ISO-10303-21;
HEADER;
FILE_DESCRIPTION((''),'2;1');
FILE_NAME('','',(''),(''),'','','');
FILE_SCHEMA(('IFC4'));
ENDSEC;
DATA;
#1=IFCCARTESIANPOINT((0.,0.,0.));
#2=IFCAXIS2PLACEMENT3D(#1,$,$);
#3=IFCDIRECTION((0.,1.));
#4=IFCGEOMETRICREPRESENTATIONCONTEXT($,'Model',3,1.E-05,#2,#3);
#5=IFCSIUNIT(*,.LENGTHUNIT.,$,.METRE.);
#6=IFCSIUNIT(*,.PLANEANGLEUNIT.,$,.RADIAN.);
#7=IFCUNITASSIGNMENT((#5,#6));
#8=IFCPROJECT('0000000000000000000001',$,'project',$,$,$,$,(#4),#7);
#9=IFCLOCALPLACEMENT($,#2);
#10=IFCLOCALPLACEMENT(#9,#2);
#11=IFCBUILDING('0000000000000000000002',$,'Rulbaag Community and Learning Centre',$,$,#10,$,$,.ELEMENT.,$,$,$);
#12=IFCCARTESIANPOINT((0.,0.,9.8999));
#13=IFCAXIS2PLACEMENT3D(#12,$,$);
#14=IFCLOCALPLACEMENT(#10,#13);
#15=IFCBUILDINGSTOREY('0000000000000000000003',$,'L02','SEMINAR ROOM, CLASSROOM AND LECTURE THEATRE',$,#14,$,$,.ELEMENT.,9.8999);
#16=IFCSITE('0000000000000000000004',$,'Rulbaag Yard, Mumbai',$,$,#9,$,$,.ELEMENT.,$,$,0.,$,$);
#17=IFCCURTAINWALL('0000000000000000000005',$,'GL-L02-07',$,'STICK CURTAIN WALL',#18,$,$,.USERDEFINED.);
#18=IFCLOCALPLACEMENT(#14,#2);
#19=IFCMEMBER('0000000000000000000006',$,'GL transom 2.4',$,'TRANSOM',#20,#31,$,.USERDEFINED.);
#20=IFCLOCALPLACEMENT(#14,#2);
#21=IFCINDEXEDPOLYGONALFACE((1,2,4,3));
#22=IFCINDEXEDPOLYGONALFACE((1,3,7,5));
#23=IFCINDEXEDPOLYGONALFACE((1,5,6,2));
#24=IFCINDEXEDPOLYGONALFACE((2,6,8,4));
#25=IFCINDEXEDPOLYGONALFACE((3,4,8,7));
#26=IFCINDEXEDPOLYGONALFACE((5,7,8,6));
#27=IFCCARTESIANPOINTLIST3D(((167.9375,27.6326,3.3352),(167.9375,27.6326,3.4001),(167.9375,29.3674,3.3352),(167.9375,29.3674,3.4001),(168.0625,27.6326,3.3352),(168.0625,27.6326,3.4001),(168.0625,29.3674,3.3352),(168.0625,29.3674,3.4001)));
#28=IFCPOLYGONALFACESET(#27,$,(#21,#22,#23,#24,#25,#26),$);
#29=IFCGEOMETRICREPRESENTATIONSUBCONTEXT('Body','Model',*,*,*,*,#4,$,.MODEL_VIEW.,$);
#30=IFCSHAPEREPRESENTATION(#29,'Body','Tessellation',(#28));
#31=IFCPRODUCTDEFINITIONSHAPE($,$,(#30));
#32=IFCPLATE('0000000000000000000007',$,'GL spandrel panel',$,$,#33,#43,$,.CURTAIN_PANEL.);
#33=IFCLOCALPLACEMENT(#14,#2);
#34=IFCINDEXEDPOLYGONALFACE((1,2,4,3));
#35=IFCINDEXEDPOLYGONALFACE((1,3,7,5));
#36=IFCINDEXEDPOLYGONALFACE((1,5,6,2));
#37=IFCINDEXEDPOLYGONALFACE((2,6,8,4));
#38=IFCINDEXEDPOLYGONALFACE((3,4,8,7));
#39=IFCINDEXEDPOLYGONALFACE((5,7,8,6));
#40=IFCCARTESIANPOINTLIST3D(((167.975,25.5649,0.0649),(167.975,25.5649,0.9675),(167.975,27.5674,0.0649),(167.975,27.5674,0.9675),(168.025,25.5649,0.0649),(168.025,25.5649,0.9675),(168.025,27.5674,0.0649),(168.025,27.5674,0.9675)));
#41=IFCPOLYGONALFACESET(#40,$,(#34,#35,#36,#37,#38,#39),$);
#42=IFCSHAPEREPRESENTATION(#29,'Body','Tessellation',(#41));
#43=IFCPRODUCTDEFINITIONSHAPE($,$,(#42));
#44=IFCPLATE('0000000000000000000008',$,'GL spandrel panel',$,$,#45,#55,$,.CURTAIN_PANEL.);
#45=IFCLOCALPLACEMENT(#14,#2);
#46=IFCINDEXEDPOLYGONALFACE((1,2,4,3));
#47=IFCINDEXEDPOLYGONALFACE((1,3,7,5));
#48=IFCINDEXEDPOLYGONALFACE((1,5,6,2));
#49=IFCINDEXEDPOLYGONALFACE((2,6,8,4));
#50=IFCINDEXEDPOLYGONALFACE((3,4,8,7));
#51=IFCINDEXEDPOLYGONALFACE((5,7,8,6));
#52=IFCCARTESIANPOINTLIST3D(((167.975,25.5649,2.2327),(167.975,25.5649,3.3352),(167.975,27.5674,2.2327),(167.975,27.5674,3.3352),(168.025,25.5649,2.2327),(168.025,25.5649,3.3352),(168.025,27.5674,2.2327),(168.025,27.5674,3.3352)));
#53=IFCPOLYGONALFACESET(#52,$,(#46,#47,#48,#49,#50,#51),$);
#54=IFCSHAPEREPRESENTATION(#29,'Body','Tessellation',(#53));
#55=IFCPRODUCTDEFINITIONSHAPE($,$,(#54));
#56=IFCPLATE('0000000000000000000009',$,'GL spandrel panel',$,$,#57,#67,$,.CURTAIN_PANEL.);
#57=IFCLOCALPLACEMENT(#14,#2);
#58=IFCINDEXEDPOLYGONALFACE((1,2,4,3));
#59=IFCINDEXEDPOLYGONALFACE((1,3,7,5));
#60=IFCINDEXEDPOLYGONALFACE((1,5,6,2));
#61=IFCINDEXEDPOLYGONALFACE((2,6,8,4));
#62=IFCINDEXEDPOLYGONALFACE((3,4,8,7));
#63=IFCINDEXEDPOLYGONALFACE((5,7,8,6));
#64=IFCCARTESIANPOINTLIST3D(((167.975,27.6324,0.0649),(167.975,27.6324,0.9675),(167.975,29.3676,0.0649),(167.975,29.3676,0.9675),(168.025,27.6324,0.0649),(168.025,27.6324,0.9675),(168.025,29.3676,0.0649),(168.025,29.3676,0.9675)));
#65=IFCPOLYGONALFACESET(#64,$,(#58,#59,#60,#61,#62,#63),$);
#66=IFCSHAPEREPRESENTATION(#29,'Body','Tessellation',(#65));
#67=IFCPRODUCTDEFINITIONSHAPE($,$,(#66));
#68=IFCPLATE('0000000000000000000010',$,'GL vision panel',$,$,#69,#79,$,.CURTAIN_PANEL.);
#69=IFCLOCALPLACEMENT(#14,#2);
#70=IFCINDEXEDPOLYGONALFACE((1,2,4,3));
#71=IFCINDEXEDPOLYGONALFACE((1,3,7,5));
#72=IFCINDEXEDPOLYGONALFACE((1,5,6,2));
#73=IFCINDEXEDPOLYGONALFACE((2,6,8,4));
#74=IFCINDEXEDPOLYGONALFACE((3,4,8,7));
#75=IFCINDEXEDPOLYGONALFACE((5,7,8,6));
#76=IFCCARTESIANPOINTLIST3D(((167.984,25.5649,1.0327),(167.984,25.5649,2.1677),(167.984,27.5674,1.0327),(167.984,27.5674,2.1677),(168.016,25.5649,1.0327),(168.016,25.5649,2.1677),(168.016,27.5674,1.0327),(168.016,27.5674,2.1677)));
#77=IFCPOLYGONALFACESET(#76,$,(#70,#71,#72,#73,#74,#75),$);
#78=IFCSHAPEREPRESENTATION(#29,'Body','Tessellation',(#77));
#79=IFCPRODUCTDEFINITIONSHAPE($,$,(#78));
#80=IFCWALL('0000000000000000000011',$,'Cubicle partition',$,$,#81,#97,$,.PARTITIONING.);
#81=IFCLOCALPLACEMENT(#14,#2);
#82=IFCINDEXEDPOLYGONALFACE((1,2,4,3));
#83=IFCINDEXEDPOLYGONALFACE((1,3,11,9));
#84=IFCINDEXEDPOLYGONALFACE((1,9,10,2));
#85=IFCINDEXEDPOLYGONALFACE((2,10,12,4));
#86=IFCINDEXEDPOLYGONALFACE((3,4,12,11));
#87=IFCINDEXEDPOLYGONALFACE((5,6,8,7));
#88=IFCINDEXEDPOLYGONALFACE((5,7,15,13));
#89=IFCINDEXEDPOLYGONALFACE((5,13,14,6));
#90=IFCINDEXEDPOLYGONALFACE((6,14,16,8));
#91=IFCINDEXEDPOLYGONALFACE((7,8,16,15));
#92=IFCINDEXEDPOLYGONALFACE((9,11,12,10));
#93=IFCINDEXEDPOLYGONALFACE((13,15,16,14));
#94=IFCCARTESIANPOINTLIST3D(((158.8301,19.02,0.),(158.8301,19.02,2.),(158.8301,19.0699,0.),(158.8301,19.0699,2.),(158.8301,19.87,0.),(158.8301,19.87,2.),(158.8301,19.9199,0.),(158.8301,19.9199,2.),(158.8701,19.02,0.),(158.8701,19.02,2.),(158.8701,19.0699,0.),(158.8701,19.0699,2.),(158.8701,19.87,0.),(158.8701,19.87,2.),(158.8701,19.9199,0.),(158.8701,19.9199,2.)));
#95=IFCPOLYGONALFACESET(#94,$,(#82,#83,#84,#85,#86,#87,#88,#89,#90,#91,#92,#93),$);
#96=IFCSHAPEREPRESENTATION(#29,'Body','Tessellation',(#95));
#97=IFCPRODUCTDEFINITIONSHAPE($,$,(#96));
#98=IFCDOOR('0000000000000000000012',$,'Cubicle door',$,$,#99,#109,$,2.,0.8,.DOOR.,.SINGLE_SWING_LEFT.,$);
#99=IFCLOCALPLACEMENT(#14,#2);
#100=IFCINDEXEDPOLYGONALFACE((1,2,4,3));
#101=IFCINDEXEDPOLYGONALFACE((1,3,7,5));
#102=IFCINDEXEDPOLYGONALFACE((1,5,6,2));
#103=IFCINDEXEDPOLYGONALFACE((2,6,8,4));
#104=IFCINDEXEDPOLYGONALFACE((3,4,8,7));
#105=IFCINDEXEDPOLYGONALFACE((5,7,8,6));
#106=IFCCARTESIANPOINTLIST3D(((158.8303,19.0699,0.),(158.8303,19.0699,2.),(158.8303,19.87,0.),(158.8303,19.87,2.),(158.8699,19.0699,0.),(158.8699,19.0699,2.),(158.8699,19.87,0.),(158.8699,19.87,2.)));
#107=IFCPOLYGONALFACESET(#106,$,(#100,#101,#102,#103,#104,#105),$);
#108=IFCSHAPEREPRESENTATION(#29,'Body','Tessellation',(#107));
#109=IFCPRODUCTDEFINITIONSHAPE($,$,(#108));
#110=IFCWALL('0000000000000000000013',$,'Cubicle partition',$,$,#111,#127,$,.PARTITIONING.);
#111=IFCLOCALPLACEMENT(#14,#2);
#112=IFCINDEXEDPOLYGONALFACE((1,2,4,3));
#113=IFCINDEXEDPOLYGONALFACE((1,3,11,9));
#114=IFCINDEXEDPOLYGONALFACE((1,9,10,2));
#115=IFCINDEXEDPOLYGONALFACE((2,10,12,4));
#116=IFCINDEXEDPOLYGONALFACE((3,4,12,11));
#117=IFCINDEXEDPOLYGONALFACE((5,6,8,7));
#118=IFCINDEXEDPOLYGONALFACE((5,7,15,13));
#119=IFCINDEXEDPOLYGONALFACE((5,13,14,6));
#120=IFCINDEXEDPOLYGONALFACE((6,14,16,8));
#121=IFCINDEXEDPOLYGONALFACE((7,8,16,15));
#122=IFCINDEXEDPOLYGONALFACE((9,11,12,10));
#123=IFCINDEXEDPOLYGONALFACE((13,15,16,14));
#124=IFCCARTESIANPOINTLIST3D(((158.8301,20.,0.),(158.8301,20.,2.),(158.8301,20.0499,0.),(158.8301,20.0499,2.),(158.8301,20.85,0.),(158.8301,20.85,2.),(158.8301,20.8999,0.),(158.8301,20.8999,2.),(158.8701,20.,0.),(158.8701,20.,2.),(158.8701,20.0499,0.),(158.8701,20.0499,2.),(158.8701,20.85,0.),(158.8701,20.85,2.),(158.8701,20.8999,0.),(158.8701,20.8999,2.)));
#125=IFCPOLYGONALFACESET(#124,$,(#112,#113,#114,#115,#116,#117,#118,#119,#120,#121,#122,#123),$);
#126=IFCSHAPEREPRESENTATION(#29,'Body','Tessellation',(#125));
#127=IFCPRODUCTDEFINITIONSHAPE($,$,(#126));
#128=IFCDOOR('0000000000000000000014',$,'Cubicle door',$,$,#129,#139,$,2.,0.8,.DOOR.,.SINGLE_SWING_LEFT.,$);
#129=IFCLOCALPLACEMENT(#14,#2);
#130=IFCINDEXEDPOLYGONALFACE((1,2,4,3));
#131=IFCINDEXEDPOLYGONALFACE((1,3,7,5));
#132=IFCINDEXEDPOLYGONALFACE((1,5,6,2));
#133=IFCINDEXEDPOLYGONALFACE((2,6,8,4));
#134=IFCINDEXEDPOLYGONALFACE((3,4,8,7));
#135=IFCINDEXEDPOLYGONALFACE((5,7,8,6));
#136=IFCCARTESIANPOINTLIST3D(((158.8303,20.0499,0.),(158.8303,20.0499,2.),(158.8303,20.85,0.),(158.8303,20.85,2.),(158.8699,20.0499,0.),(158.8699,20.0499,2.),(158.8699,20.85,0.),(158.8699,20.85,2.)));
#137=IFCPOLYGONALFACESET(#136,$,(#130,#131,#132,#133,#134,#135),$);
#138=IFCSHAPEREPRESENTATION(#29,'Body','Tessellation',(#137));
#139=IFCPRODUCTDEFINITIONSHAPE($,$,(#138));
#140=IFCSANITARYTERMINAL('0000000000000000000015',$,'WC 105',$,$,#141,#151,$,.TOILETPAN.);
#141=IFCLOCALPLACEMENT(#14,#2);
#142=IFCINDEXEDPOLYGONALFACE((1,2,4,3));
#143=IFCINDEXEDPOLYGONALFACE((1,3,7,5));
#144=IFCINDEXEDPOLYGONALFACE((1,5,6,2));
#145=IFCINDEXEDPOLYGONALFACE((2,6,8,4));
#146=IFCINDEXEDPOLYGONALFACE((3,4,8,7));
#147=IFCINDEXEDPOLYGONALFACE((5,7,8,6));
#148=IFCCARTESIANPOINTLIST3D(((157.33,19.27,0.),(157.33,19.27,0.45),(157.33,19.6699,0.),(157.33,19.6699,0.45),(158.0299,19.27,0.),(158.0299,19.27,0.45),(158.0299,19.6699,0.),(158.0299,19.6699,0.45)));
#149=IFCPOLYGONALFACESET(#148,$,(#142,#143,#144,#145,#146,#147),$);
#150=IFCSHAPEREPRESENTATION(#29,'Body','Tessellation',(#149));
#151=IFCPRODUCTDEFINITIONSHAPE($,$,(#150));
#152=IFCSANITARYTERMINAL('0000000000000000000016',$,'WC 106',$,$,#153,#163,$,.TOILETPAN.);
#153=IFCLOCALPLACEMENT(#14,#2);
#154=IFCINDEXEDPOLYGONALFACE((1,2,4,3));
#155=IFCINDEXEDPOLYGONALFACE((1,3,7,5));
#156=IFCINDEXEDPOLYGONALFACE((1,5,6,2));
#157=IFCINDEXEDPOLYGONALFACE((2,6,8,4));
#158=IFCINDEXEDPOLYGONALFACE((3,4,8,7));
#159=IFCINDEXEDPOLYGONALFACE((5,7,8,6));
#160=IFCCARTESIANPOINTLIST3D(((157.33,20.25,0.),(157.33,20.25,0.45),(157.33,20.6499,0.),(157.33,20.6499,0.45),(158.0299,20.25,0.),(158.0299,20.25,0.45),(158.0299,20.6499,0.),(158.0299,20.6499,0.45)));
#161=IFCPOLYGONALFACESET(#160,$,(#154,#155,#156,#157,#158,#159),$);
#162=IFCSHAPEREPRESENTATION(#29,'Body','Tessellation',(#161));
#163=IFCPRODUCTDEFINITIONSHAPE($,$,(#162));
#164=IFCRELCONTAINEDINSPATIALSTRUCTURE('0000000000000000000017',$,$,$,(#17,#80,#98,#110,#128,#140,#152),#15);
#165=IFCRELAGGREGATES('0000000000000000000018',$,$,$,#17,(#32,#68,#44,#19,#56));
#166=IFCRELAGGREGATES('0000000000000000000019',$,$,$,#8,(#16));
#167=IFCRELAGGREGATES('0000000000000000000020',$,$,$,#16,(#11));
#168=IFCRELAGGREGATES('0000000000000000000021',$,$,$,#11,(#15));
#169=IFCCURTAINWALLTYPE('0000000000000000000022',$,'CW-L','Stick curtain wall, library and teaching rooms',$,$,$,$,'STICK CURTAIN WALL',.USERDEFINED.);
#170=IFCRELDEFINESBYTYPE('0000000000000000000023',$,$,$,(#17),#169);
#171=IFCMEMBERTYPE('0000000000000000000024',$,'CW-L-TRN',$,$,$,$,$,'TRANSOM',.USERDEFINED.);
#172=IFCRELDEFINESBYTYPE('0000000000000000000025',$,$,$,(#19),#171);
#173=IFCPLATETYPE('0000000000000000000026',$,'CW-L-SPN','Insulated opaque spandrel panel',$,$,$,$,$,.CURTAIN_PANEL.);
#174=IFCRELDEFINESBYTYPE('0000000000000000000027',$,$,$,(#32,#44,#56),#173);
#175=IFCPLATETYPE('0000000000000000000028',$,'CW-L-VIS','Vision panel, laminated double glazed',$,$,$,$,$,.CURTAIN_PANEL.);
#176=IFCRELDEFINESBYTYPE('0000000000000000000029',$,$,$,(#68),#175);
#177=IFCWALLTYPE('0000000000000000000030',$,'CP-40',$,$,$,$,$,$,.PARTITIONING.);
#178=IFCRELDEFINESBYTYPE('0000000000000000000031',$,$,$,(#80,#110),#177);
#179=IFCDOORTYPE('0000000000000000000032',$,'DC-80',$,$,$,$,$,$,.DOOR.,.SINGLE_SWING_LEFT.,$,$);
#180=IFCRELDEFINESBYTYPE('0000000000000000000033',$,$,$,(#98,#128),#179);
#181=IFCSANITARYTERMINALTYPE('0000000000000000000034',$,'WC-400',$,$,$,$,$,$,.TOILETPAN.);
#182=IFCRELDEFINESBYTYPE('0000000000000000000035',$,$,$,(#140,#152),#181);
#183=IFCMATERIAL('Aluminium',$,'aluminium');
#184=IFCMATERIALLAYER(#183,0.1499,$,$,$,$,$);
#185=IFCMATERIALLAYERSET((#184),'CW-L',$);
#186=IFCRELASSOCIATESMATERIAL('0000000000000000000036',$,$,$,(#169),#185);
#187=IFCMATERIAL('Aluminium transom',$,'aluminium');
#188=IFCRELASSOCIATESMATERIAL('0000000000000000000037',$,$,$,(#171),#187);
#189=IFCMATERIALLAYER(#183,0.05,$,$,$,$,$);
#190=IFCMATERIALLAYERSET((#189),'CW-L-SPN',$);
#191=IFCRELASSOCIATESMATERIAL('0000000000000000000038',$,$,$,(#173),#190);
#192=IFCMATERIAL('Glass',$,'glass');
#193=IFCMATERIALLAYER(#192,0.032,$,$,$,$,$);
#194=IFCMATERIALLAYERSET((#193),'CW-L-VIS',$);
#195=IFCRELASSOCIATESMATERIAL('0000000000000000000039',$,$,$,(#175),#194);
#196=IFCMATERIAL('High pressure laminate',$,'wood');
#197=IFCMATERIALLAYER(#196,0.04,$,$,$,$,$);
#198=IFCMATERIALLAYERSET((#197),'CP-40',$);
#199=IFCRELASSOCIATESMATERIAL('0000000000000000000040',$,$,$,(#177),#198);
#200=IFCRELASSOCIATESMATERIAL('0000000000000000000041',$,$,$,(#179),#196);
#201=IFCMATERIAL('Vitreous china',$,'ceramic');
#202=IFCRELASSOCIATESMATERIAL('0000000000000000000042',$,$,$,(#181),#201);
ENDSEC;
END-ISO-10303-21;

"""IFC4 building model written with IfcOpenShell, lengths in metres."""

from ifc_helpers import new_model, si_unit, direction, frame, frame_2d, origin, origin_2d, place, context, subcontext, project, spatial, rectangle, extrude, material, layer, layer_set, material_profile, profile_set, type_object, element, fill, aggregate, save


model = new_model("IFC4")

# Units and contexts
model_context = context("Model", 3, precision=1e-05, world=origin(), true_north=direction((0.0, 1.0)))
body_context = subcontext(model_context, "Body", "Model", "MODEL_VIEW")
ifc_project = project(units=[si_unit("LENGTHUNIT", "METRE"), si_unit("PLANEANGLEUNIT", "RADIAN")], contexts=[model_context])

# Site, building, storey
site_placement = place(None, origin())
site = spatial("IfcSite", under=ifc_project, at=site_placement, Name="Rulbaag Yard, Mumbai", CompositionType="ELEMENT", RefElevation=0.0)
building_placement = place(site_placement, origin())
building = spatial("IfcBuilding", under=site, at=building_placement, Name="Rulbaag Community and Learning Centre", CompositionType="ELEMENT")
storey_placement = place(building_placement, frame((0.0, 0.0, 9.8999)))
storey = spatial("IfcBuildingStorey", under=building, at=storey_placement, Name="L02", Description="SEMINAR ROOM, CLASSROOM AND LECTURE THEATRE", CompositionType="ELEMENT", Elevation=9.8999)

# Curtain wall, member, plates
ifc_material_1 = material(Name="Aluminium", Category="aluminium")
ifc_layer_1 = layer(ifc_material_1, 0.1499)
ifc_layer_set_1 = layer_set([ifc_layer_1], Name="CW-L")
curtain_wall_type = type_object("IfcCurtainWallType", Name="CW-L", Description="Stick curtain wall, library and teaching rooms", ElementType="STICK CURTAIN WALL", PredefinedType="USERDEFINED", material=ifc_layer_set_1)
curtain_wall_placement = place(storey_placement, origin())
curtain_wall = element("IfcCurtainWall", 1, at=curtain_wall_placement, inside=storey, type_object=curtain_wall_type, Name="GL-L02-07", ObjectType="STICK CURTAIN WALL", PredefinedType="USERDEFINED")
ifc_material_2 = material(Name="Aluminium transom", Category="aluminium")
ifc_material_profile_1 = material_profile(ifc_material_2, rectangle(XDim=0.125, YDim=0.0649, at=origin_2d()), Name="AL 65x125 T")
ifc_profile_set_1 = profile_set([ifc_material_profile_1], Name="Aluminium transom")
member_type_1 = type_object("IfcMemberType", Name="CW-L-TRN", ElementType="TRANSOM", PredefinedType="USERDEFINED", material=ifc_profile_set_1)
member_1_placement = place(storey_placement, frame((168.0, 27.6326, 3.3677), z_axis=(0.0, 1.0, 0.0), x_axis=(-1.0, 0.0, 0.0)))
member_1 = element("IfcMember", 2, at=member_1_placement, type_object=member_type_1, Name="GL transom 2.4", ObjectType="TRANSOM", PredefinedType="USERDEFINED", context=body_context, shape_type="SweptSolid", body=[
    extrude(rectangle(XDim=0.125, YDim=0.0649, at=origin_2d()), origin(), (0.0, 0.0, 1.0), 1.7349),
])
ifc_layer_2 = layer(ifc_material_1, 0.05)
ifc_layer_set_2 = layer_set([ifc_layer_2], Name="CW-L-SPN")
plate_type_1 = type_object("IfcPlateType", Name="CW-L-SPN", Description="Insulated opaque spandrel panel", PredefinedType="CURTAIN_PANEL", material=ifc_layer_set_2)
plate_1_placement = place(storey_placement, frame((168.0, 26.5662, 0.0649), z_axis=(0.0, 0.0, 1.0), x_axis=(0.0, 1.0, 0.0)))
plate_1 = element("IfcPlate", 3, at=plate_1_placement, type_object=plate_type_1, Name="GL spandrel panel", PredefinedType="CURTAIN_PANEL", context=body_context, shape_type="SweptSolid", body=[
    extrude(rectangle(XDim=2.0024, YDim=0.05, at=origin_2d()), origin(), (0.0, 0.0, 1.0), 0.9026),
])
plate_2_placement = place(storey_placement, frame((168.0, 26.5662, 2.2327), z_axis=(0.0, 0.0, 1.0), x_axis=(0.0, 1.0, 0.0)))
plate_2 = element("IfcPlate", 4, at=plate_2_placement, type_object=plate_type_1, Name="GL spandrel panel", PredefinedType="CURTAIN_PANEL", context=body_context, shape_type="SweptSolid", body=[
    extrude(rectangle(XDim=2.0024, YDim=0.05, at=origin_2d()), origin(), (0.0, 0.0, 1.0), 1.1025),
])
plate_3_placement = place(storey_placement, frame((168.0, 28.5, 0.0649), z_axis=(0.0, 0.0, 1.0), x_axis=(0.0, 1.0, 0.0)))
plate_3 = element("IfcPlate", 5, at=plate_3_placement, type_object=plate_type_1, Name="GL spandrel panel", PredefinedType="CURTAIN_PANEL", context=body_context, shape_type="SweptSolid", body=[
    extrude(rectangle(XDim=1.7351, YDim=0.05, at=origin_2d()), origin(), (0.0, 0.0, 1.0), 0.9026),
])
ifc_material_3 = material(Name="Glass", Category="glass")
ifc_layer_3 = layer(ifc_material_3, 0.032)
ifc_layer_set_3 = layer_set([ifc_layer_3], Name="CW-L-VIS")
plate_type_2 = type_object("IfcPlateType", Name="CW-L-VIS", Description="Vision panel, laminated double glazed", PredefinedType="CURTAIN_PANEL", material=ifc_layer_set_3)
plate_4_placement = place(storey_placement, frame((168.0, 26.5662, 1.0327), z_axis=(0.0, 0.0, 1.0), x_axis=(0.0, 1.0, 0.0)))
plate_4 = element("IfcPlate", 6, at=plate_4_placement, type_object=plate_type_2, Name="GL vision panel", PredefinedType="CURTAIN_PANEL", context=body_context, shape_type="SweptSolid", body=[
    extrude(rectangle(XDim=2.0024, YDim=0.032, at=origin_2d()), origin(), (0.0, 0.0, 1.0), 1.135),
])
aggregate(curtain_wall, [plate_1, plate_4, plate_2, member_1, plate_3])

# Walls, openings, doors
ifc_material_4 = material(Name="High pressure laminate", Category="wood")
ifc_layer_4 = layer(ifc_material_4, 0.04)
ifc_layer_set_4 = layer_set([ifc_layer_4], Name="CP-40")
wall_type = type_object("IfcWallType", Name="CP-40", PredefinedType="PARTITIONING", material=ifc_layer_set_4)
wall_1_placement = place(storey_placement, frame((158.8501, 19.02, 0.0), z_axis=(0.0, 0.0, 1.0), x_axis=(0.0, 1.0, 0.0)))
wall_1 = element("IfcWall", 7, at=wall_1_placement, inside=storey, type_object=wall_type, Name="Cubicle partition", PredefinedType="PARTITIONING", context=body_context, shape_type="SweptSolid", body=[
    extrude(rectangle(XDim=0.8999, YDim=0.04, at=frame_2d((0.45, 0.0))), origin(), (0.0, 0.0, 1.0), 2.0),
])
opening_1_placement = place(wall_1_placement, frame((0.05, 0.0, 0.0)))
opening_1 = element("IfcOpeningElement", 8, at=opening_1_placement, cuts=wall_1, PredefinedType="OPENING", context=body_context, shape_type="SweptSolid", body=[
    extrude(rectangle(XDim=0.8, YDim=2.0, at=frame_2d((0.3999, 1.0))), frame((0.0, 0.03, 0.0), z_axis=(0.0, -1.0, 0.0), x_axis=(1.0, 0.0, 0.0)), (0.0, 0.0, 1.0), 0.0601),
])
door_type = type_object("IfcDoorType", Name="DC-80", OperationType="SINGLE_SWING_LEFT", PredefinedType="DOOR", material=ifc_material_4)
door_1_placement = place(opening_1_placement, origin())
door_1 = element("IfcDoor", 9, at=door_1_placement, inside=storey, type_object=door_type, Name="Cubicle door", OperationType="SINGLE_SWING_LEFT", OverallHeight=2.0, OverallWidth=0.8, PredefinedType="DOOR", context=body_context, shape_type="SweptSolid", body=[
    extrude(rectangle(XDim=0.8, YDim=2.0, at=frame_2d((0.3999, 1.0))), frame((0.0, 0.0198, 0.0), z_axis=(0.0, -1.0, 0.0), x_axis=(1.0, 0.0, 0.0)), (0.0, 0.0, 1.0), 0.0396),
])
fill(opening_1, door_1)
wall_2_placement = place(storey_placement, frame((158.8501, 20.0, 0.0), z_axis=(0.0, 0.0, 1.0), x_axis=(0.0, 1.0, 0.0)))
wall_2 = element("IfcWall", 10, at=wall_2_placement, inside=storey, type_object=wall_type, Name="Cubicle partition", PredefinedType="PARTITIONING", context=body_context, shape_type="SweptSolid", body=[
    extrude(rectangle(XDim=0.8999, YDim=0.04, at=frame_2d((0.45, 0.0))), origin(), (0.0, 0.0, 1.0), 2.0),
])
opening_2_placement = place(wall_2_placement, frame((0.05, 0.0, 0.0)))
opening_2 = element("IfcOpeningElement", 11, at=opening_2_placement, cuts=wall_2, PredefinedType="OPENING", context=body_context, shape_type="SweptSolid", body=[
    extrude(rectangle(XDim=0.8, YDim=2.0, at=frame_2d((0.3999, 1.0))), frame((0.0, 0.03, 0.0), z_axis=(0.0, -1.0, 0.0), x_axis=(1.0, 0.0, 0.0)), (0.0, 0.0, 1.0), 0.0601),
])
door_2_placement = place(opening_2_placement, origin())
door_2 = element("IfcDoor", 12, at=door_2_placement, inside=storey, type_object=door_type, Name="Cubicle door", OperationType="SINGLE_SWING_LEFT", OverallHeight=2.0, OverallWidth=0.8, PredefinedType="DOOR", context=body_context, shape_type="SweptSolid", body=[
    extrude(rectangle(XDim=0.8, YDim=2.0, at=frame_2d((0.3999, 1.0))), frame((0.0, 0.0198, 0.0), z_axis=(0.0, -1.0, 0.0), x_axis=(1.0, 0.0, 0.0)), (0.0, 0.0, 1.0), 0.0396),
])
fill(opening_2, door_2)

# Sanitary terminals
ifc_material_5 = material(Name="Vitreous china", Category="ceramic")
sanitary_terminal_type = type_object("IfcSanitaryTerminalType", Name="WC-400", PredefinedType="TOILETPAN", material=ifc_material_5)
for number, where, z_axis, x_axis, name in (
    (13, (157.6799, 19.47, 0.0), (0.0, 0.0, 1.0), (1.0, 0.0, 0.0), "WC 105"),
    (14, (157.6799, 20.45, 0.0), (0.0, 0.0, 1.0), (1.0, 0.0, 0.0), "WC 106"),
):
    element("IfcSanitaryTerminal", number, at=place(storey_placement, frame(where, z_axis=z_axis, x_axis=x_axis)), inside=storey, type_object=sanitary_terminal_type, Name=name, PredefinedType="TOILETPAN", context=body_context, shape_type="SweptSolid", body=[
        extrude(rectangle(XDim=0.7, YDim=0.3999, at=origin_2d()), origin(), (0.0, 0.0, 1.0), 0.45),
    ])

save(model, "model.ifc")
